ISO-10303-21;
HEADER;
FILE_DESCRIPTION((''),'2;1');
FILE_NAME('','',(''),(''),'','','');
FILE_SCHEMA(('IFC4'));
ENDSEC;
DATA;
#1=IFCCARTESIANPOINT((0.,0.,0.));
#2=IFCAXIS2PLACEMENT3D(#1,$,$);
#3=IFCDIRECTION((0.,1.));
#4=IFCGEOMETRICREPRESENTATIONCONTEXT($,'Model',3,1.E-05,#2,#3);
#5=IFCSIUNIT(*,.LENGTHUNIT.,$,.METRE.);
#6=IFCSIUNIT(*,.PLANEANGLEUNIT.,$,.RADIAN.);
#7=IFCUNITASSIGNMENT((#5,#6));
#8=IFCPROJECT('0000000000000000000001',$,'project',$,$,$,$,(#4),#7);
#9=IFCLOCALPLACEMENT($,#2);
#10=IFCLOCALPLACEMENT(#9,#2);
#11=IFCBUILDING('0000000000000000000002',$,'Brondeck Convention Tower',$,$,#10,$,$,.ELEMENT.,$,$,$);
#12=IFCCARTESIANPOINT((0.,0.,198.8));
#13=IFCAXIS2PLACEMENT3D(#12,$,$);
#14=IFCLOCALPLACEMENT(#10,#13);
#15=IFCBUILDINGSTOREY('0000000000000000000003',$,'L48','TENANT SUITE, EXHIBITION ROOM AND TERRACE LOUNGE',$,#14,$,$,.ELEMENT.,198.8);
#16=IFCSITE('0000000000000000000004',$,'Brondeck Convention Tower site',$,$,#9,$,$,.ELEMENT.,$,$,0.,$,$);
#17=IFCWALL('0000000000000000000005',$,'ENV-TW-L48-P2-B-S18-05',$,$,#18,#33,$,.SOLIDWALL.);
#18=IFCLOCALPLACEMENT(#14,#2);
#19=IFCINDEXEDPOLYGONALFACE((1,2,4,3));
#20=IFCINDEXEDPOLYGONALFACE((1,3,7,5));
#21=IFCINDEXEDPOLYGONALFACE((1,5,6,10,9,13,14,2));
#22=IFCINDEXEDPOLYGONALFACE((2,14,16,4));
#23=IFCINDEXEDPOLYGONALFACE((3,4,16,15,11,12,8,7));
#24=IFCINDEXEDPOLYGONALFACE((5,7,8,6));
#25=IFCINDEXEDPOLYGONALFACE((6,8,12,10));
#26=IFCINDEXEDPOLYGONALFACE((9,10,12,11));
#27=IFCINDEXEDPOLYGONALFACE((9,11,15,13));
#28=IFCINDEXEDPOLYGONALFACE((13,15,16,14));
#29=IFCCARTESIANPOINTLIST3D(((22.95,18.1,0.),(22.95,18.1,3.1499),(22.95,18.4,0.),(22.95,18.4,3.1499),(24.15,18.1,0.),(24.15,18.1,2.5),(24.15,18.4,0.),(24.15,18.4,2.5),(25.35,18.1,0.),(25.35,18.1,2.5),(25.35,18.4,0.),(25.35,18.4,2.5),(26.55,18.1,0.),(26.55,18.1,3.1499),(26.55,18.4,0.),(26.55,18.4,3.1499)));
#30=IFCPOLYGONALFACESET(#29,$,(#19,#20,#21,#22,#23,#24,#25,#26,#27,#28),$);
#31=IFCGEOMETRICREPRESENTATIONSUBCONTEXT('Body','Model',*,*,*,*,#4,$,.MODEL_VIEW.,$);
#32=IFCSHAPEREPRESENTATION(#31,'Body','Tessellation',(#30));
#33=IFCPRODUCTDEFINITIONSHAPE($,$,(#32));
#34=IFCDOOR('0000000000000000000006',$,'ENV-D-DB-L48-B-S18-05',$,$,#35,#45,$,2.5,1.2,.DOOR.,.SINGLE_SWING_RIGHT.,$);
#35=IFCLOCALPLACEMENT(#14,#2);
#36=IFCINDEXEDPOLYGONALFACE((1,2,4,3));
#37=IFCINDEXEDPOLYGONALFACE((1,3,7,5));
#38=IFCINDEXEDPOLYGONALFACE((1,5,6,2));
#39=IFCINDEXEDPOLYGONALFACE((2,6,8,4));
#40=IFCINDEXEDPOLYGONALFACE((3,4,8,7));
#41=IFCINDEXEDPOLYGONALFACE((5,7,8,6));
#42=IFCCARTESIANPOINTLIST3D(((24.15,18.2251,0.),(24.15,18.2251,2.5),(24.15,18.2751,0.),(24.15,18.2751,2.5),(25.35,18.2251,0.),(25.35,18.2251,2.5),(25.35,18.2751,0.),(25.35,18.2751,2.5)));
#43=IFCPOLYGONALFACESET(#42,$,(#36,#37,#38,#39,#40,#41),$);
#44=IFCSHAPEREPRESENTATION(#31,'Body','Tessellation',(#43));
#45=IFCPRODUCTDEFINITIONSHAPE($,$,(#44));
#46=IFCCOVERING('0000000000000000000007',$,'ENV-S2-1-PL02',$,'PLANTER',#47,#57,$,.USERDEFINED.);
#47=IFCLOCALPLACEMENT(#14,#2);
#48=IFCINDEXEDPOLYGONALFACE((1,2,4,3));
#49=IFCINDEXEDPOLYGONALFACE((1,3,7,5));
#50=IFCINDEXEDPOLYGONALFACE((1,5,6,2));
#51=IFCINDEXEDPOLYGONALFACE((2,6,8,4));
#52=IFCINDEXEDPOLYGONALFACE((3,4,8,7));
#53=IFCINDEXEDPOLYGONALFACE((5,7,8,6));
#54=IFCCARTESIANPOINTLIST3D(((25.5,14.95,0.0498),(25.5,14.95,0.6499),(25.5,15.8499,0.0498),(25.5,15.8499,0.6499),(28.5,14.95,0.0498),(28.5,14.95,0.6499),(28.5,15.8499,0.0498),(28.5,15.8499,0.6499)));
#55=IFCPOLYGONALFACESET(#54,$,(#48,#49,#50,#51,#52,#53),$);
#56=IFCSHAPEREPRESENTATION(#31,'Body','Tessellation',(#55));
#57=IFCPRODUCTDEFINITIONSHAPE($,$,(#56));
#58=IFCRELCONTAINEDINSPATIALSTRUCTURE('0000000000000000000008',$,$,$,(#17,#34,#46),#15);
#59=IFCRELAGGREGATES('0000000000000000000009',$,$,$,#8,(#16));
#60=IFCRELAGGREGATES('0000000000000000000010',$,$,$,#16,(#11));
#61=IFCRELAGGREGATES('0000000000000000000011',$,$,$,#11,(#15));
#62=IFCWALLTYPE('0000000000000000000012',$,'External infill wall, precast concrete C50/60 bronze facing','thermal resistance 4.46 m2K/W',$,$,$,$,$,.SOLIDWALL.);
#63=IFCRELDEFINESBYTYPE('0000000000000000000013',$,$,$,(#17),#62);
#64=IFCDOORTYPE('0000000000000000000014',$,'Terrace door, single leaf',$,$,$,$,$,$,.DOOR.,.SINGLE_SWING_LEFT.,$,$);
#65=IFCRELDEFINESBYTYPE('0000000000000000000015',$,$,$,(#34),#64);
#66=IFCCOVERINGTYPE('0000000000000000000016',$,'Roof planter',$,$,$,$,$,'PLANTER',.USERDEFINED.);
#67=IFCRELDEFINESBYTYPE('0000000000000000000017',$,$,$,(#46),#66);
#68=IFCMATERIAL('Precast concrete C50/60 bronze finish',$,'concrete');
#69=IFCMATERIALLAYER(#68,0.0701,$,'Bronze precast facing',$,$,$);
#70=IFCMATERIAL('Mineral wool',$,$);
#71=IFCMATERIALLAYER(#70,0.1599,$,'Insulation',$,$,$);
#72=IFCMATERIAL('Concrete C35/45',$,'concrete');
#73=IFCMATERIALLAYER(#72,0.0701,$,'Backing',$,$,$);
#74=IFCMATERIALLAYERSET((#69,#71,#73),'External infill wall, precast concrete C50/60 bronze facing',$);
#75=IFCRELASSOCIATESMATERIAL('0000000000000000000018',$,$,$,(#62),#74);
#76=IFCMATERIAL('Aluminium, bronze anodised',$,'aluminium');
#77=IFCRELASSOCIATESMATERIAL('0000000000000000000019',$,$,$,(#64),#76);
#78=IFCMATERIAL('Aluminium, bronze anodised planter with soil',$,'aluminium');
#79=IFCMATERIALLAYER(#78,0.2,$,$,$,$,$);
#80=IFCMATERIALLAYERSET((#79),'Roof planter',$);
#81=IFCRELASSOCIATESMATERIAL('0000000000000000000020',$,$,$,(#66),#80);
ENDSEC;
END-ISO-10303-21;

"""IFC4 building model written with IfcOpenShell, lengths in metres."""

from ifc_helpers import new_model, si_unit, direction, frame, frame_2d, origin, origin_2d, place, context, subcontext, project, spatial, rectangle, extrude, material, layer, layer_set, type_object, element, fill, save


model = new_model("IFC4")

# Units and contexts
model_context = context("Model", 3, precision=1e-05, world=origin(), true_north=direction((0.0, 1.0)))
body_context = subcontext(model_context, "Body", "Model", "MODEL_VIEW")
ifc_project = project(units=[si_unit("LENGTHUNIT", "METRE"), si_unit("PLANEANGLEUNIT", "RADIAN")], contexts=[model_context])

# Site, building, storey
site_placement = place(None, origin())
site = spatial("IfcSite", under=ifc_project, at=site_placement, Name="Brondeck Convention Tower site", CompositionType="ELEMENT", RefElevation=0.0)
building_placement = place(site_placement, origin())
building = spatial("IfcBuilding", under=site, at=building_placement, Name="Brondeck Convention Tower", CompositionType="ELEMENT")
storey_placement = place(building_placement, frame((0.0, 0.0, 198.8)))
storey = spatial("IfcBuildingStorey", under=building, at=storey_placement, Name="L48", Description="TENANT SUITE, EXHIBITION ROOM AND TERRACE LOUNGE", CompositionType="ELEMENT", Elevation=198.8)

# Shared definitions
ifc_material_1 = material(Name="Aluminium, bronze anodised", Category="aluminium")

# Wall, opening, door
ifc_material_2 = material(Name="Precast concrete C50/60 bronze finish", Category="concrete")
ifc_layer_1 = layer(ifc_material_2, 0.0701, Name="Bronze precast facing")
ifc_material_3 = material(Name="Mineral wool")
ifc_layer_2 = layer(ifc_material_3, 0.1599, Name="Insulation")
ifc_material_4 = material(Name="Concrete C35/45", Category="concrete")
ifc_layer_3 = layer(ifc_material_4, 0.0701, Name="Backing")
ifc_layer_set_1 = layer_set([ifc_layer_1, ifc_layer_2, ifc_layer_3], Name="External infill wall, precast concrete C50/60 bronze facing")
wall_type = type_object("IfcWallType", Name="External infill wall, precast concrete C50/60 bronze facing", Description="thermal resistance 4.46 m2K/W", PredefinedType="SOLIDWALL", material=ifc_layer_set_1)
wall_placement = place(storey_placement, frame((26.55, 18.25, 0.0), z_axis=(0.0, 0.0, 1.0), x_axis=(-1.0, 0.0, 0.0)))
wall = element("IfcWall", 1, at=wall_placement, inside=storey, type_object=wall_type, Name="ENV-TW-L48-P2-B-S18-05", PredefinedType="SOLIDWALL", context=body_context, shape_type="SweptSolid", body=[
    extrude(rectangle(XDim=3.6001, YDim=0.3, at=frame_2d((1.8, 0.0))), origin(), (0.0, 0.0, 1.0), 3.1499),
])
opening_placement = place(wall_placement, frame((1.2, 0.0, 0.0)))
opening = element("IfcOpeningElement", 2, at=opening_placement, cuts=wall, PredefinedType="OPENING", context=body_context, shape_type="SweptSolid", body=[
    extrude(rectangle(XDim=1.2, YDim=2.5, at=frame_2d((0.6001, 1.25))), frame((0.0, 0.1599, 0.0), z_axis=(0.0, -1.0, 0.0), x_axis=(1.0, 0.0, 0.0)), (0.0, 0.0, 1.0), 0.3201),
])
door_type = type_object("IfcDoorType", Name="Terrace door, single leaf", OperationType="SINGLE_SWING_LEFT", PredefinedType="DOOR", material=ifc_material_1)
door_placement = place(opening_placement, origin())
door = element("IfcDoor", 3, at=door_placement, inside=storey, type_object=door_type, Name="ENV-D-DB-L48-B-S18-05", OperationType="SINGLE_SWING_RIGHT", OverallHeight=2.5, OverallWidth=1.2, PredefinedType="DOOR", context=body_context, shape_type="SweptSolid", body=[
    extrude(rectangle(XDim=1.2, YDim=2.5, at=frame_2d((0.6001, 1.25))), frame((0.0, 0.0249, 0.0), z_axis=(0.0, -1.0, 0.0), x_axis=(1.0, 0.0, 0.0)), (0.0, 0.0, 1.0), 0.05),
])
fill(opening, door)

# Covering
ifc_material_5 = material(Name="Aluminium, bronze anodised planter with soil", Category="aluminium")
ifc_layer_4 = layer(ifc_material_5, 0.2)
ifc_layer_set_2 = layer_set([ifc_layer_4], Name="Roof planter")
covering_type = type_object("IfcCoveringType", Name="Roof planter", ElementType="PLANTER", PredefinedType="USERDEFINED", material=ifc_layer_set_2)
covering_placement = place(storey_placement, frame((27.0, 15.3999, 0.0498), z_axis=(0.0, 0.0, 1.0), x_axis=(1.0, 0.0, 0.0)))
element("IfcCovering", 4, at=covering_placement, inside=storey, type_object=covering_type, Name="ENV-S2-1-PL02", ObjectType="PLANTER", PredefinedType="USERDEFINED", context=body_context, shape_type="SweptSolid", body=[
    extrude(rectangle(XDim=3.0, YDim=0.8999, at=origin_2d()), origin(), (0.0, 0.0, 1.0), 0.6001),
])

save(model, "model.ifc")
